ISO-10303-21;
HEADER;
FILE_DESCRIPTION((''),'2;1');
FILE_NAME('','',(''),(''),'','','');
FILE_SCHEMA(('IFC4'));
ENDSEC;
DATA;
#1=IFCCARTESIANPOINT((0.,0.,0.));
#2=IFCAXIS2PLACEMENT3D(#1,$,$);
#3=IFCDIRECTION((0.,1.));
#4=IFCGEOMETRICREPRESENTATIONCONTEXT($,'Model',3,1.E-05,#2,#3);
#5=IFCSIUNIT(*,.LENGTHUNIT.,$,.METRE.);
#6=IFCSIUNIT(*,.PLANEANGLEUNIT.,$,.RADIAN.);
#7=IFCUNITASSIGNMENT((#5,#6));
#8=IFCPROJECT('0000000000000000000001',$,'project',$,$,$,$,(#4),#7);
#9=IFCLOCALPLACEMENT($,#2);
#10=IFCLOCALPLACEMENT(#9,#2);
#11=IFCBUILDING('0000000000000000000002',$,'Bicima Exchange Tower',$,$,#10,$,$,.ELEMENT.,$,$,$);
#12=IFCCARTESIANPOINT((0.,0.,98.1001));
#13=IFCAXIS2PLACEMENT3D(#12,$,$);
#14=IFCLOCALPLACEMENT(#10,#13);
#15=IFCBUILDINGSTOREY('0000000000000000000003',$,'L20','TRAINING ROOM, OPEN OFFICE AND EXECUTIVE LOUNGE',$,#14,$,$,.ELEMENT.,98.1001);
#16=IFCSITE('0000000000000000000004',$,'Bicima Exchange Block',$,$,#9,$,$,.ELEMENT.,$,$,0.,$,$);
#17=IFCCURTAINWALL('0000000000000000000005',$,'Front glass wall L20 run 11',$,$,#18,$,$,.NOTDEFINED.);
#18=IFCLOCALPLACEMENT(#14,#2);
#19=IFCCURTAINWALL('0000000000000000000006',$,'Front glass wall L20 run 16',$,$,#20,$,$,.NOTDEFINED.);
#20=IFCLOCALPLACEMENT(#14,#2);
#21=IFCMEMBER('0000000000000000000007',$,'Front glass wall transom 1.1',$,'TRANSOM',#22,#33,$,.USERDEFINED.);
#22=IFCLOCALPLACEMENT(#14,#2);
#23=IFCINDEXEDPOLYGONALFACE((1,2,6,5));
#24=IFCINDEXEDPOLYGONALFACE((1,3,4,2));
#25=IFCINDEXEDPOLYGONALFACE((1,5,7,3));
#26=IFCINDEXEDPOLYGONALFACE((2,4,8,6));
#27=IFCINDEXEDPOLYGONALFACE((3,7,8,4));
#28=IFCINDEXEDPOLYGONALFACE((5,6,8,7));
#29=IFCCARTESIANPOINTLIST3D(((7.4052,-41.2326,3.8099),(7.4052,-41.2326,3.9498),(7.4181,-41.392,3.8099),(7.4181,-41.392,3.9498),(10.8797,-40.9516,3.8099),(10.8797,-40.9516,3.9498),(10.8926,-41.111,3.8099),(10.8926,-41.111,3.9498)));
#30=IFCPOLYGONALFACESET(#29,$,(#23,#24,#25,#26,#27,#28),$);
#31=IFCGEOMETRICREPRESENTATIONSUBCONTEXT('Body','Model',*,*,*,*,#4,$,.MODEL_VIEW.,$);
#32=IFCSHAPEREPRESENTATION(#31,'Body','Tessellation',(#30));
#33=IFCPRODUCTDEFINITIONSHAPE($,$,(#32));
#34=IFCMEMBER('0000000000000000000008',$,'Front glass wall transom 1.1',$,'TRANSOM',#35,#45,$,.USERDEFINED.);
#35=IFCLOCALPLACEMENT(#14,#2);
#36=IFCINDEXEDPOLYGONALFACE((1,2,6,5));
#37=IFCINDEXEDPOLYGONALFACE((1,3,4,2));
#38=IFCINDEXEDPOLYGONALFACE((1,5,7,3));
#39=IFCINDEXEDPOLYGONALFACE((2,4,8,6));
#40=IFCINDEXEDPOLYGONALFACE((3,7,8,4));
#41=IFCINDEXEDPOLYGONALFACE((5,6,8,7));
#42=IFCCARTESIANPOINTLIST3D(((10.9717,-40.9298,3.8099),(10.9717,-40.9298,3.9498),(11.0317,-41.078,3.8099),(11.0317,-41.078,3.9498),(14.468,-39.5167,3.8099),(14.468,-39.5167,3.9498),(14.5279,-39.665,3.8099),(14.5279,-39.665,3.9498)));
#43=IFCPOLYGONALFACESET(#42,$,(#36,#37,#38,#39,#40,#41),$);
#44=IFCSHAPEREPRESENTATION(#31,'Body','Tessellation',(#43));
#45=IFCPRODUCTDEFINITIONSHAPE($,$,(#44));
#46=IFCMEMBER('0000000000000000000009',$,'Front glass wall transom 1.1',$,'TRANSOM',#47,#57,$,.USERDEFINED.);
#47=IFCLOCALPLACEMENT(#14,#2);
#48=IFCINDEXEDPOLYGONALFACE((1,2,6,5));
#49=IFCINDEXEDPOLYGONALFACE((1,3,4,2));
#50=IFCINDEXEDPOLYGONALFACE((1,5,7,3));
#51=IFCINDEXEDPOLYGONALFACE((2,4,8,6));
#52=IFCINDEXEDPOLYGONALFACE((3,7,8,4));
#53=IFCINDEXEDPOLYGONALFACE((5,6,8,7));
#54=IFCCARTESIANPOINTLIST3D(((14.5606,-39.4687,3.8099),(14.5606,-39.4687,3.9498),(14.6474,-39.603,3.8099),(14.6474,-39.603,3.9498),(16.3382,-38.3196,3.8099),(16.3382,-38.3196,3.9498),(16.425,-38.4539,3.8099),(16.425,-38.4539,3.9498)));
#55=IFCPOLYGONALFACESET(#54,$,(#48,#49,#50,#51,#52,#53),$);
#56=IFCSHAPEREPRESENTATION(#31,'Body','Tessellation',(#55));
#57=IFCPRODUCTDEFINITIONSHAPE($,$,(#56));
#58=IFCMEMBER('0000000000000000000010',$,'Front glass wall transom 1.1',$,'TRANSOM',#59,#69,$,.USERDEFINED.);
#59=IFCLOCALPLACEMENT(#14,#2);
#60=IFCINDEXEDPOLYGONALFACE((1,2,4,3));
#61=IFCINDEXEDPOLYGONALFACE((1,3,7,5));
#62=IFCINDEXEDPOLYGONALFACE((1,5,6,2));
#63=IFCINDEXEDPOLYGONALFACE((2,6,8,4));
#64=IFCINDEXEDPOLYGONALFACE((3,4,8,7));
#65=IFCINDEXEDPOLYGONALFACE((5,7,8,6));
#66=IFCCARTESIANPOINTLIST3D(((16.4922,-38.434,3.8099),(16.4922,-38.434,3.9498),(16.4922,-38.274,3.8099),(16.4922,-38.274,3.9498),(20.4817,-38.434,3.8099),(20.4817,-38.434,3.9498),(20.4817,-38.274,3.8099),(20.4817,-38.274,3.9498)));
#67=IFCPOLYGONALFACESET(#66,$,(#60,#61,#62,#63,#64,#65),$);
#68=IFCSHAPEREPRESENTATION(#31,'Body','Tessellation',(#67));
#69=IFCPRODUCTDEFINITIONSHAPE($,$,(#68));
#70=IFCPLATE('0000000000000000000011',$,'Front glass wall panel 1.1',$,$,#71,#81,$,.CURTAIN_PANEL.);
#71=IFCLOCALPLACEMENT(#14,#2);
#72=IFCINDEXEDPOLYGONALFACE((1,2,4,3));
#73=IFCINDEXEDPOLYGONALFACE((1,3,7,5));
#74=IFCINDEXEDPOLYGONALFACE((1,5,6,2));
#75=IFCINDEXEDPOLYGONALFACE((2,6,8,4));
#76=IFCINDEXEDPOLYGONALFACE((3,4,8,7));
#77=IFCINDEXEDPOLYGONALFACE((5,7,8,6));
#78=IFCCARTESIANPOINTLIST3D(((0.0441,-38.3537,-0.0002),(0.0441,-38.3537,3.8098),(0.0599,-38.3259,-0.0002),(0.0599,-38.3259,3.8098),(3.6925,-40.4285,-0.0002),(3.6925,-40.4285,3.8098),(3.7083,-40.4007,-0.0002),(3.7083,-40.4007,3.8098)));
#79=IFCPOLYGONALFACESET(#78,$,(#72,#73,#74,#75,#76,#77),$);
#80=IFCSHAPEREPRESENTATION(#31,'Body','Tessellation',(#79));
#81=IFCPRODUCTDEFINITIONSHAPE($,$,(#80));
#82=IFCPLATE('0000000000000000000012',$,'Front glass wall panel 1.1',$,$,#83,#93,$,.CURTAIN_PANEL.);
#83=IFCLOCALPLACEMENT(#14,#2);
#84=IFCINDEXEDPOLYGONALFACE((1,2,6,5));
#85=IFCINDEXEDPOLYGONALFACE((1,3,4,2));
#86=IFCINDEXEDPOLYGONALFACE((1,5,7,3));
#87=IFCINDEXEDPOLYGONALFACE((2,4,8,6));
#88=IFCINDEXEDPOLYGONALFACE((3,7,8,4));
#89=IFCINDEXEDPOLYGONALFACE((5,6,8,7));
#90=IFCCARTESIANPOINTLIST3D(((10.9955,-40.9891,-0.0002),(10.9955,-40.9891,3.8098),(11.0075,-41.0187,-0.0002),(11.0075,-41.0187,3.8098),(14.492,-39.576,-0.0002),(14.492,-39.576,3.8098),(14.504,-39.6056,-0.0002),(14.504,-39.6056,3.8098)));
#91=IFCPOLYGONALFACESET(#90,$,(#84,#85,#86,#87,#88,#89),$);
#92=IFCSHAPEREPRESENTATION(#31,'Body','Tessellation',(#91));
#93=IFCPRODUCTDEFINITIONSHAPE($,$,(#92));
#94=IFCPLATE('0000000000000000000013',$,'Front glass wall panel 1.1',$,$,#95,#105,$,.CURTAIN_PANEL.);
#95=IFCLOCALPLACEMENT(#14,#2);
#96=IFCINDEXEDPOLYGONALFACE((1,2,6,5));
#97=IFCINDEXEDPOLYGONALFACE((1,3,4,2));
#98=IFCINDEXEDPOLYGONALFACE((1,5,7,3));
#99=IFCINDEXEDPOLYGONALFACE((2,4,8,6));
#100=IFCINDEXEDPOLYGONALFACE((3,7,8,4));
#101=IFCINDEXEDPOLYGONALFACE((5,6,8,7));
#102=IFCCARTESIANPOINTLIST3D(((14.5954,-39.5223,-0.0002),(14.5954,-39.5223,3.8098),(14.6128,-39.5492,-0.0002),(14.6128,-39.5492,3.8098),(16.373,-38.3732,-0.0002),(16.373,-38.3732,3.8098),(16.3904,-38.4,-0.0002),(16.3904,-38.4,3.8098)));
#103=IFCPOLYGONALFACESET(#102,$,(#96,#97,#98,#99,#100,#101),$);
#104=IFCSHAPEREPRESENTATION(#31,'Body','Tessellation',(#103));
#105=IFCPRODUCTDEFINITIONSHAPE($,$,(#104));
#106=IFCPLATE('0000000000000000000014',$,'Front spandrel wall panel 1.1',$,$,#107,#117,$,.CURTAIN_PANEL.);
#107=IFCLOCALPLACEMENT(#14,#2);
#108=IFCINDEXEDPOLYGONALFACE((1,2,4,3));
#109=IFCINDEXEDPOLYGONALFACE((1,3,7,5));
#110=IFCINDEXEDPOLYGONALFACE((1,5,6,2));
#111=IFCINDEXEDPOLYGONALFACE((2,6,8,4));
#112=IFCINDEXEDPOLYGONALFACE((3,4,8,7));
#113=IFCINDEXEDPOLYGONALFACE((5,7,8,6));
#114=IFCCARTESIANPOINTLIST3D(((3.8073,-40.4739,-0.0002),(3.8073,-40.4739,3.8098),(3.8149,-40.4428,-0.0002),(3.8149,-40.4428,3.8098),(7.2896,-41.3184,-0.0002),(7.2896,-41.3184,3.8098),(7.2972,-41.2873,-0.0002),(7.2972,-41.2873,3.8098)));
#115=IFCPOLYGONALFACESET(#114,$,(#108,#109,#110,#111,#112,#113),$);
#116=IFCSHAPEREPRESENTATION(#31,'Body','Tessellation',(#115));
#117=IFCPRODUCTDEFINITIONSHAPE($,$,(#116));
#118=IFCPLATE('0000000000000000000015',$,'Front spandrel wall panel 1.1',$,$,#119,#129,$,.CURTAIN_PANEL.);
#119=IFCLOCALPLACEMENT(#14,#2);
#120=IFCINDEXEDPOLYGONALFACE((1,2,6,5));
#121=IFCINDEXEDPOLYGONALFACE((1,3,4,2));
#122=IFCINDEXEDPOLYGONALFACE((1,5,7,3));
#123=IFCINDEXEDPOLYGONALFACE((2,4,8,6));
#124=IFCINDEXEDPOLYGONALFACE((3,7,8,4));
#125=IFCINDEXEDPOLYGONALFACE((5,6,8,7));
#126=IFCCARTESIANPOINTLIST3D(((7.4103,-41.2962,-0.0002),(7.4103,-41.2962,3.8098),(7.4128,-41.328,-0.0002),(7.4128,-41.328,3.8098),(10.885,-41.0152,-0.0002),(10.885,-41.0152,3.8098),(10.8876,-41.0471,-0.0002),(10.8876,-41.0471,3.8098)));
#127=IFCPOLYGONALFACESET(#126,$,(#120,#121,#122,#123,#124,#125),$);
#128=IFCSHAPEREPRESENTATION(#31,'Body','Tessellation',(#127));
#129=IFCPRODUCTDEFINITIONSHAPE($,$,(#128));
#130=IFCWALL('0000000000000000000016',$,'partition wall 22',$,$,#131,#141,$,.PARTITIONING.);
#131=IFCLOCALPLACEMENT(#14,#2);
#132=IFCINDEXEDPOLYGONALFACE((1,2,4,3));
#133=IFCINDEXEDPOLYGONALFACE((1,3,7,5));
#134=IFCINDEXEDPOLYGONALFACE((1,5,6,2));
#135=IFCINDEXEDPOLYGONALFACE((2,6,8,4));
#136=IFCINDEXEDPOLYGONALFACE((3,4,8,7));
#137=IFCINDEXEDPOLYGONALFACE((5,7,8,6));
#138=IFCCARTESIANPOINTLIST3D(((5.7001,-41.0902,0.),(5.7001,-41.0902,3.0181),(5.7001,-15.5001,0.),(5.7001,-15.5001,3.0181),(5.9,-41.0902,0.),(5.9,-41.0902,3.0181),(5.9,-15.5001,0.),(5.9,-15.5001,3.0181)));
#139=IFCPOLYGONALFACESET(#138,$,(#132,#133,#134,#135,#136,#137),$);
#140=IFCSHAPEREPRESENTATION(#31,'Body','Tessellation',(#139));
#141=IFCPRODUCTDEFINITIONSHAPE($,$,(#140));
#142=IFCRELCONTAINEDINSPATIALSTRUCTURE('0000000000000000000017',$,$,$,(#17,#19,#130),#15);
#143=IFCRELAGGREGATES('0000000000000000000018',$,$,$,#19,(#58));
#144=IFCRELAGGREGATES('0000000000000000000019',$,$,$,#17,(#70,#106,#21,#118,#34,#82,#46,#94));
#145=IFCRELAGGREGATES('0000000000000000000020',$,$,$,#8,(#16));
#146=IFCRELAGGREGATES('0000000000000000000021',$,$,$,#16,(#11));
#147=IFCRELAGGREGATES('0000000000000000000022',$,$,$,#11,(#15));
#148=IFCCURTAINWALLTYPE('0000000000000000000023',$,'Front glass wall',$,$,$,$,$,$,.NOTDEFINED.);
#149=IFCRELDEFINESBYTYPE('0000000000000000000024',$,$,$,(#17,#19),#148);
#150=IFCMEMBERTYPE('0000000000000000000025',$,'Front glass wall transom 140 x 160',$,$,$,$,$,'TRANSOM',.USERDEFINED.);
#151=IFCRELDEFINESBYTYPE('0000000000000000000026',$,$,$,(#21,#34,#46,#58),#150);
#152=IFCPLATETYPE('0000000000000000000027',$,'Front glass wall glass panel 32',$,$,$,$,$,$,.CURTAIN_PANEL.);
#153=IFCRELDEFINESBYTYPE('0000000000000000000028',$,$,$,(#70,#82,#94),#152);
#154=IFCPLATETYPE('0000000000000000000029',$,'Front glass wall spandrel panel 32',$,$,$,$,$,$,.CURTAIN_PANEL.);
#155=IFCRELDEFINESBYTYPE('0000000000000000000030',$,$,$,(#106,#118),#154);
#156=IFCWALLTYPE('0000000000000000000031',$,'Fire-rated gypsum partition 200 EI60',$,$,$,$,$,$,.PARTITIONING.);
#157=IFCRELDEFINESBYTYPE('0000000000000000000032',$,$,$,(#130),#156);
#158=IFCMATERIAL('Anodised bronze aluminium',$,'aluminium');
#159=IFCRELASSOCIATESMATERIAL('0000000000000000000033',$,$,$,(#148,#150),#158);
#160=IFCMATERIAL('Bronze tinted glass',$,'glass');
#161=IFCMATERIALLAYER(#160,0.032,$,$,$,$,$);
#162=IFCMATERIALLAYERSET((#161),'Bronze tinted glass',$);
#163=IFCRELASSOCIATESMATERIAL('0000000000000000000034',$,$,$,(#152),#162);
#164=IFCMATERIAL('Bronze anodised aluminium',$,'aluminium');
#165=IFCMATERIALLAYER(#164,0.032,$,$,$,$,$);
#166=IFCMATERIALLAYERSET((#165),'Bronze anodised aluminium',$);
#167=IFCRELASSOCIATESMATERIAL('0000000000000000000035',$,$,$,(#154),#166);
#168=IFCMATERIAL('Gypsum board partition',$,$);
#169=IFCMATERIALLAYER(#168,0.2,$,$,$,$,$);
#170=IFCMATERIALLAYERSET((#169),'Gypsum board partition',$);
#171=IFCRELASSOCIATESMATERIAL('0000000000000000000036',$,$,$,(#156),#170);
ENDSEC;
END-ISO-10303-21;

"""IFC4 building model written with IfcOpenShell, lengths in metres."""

from ifc_helpers import new_model, si_unit, direction, frame, frame_2d, origin, origin_2d, place, context, subcontext, project, spatial, rectangle, extrude, material, layer, layer_set, material_profile, profile_set, type_object, element, aggregate, save


model = new_model("IFC4")

# Units and contexts
model_context = context("Model", 3, precision=1e-05, world=origin(), true_north=direction((0.0, 1.0)))
body_context = subcontext(model_context, "Body", "Model", "MODEL_VIEW")
ifc_project = project(units=[si_unit("LENGTHUNIT", "METRE"), si_unit("PLANEANGLEUNIT", "RADIAN")], contexts=[model_context])

# Site, building, storey
site_placement = place(None, origin())
site = spatial("IfcSite", under=ifc_project, at=site_placement, Name="Bicima Exchange Block", CompositionType="ELEMENT", RefElevation=0.0)
building_placement = place(site_placement, origin())
building = spatial("IfcBuilding", under=site, at=building_placement, Name="Bicima Exchange Tower", CompositionType="ELEMENT")
storey_placement = place(building_placement, frame((0.0, 0.0, 98.1001)))
storey = spatial("IfcBuildingStorey", under=building, at=storey_placement, Name="L20", Description="TRAINING ROOM, OPEN OFFICE AND EXECUTIVE LOUNGE", CompositionType="ELEMENT", Elevation=98.1001)

# Curtain wall
ifc_material_1 = material(Name="Anodised bronze aluminium", Category="aluminium")
curtain_wall_type = type_object("IfcCurtainWallType", Name="Front glass wall", PredefinedType="NOTDEFINED", material=ifc_material_1)
curtain_wall_1_placement = place(storey_placement, origin())
curtain_wall_1 = element("IfcCurtainWall", 1, at=curtain_wall_1_placement, inside=storey, type_object=curtain_wall_type, Name="Front glass wall L20 run 11", PredefinedType="NOTDEFINED")

# Curtain wall
curtain_wall_2_placement = place(storey_placement, origin())
curtain_wall_2 = element("IfcCurtainWall", 2, at=curtain_wall_2_placement, inside=storey, type_object=curtain_wall_type, Name="Front glass wall L20 run 16", PredefinedType="NOTDEFINED")

# Members
ifc_material_profile_1 = material_profile(ifc_material_1, rectangle(XDim=0.1599, YDim=0.1399, at=origin_2d()))
ifc_profile_set_1 = profile_set([ifc_material_profile_1], Name="Anodised bronze aluminium")
member_type_1 = type_object("IfcMemberType", Name="Front glass wall transom 140 x 160", ElementType="TRANSOM", PredefinedType="USERDEFINED", material=ifc_profile_set_1)
member_1_placement = place(storey_placement, frame((7.4116, -41.3123, 3.8799), z_axis=(0.996746, 0.080611, 0.0), x_axis=(-0.080611, 0.996746, 0.0)))
member_1 = element("IfcMember", 3, at=member_1_placement, type_object=member_type_1, Name="Front glass wall transom 1.1", ObjectType="TRANSOM", PredefinedType="USERDEFINED", context=body_context, shape_type="SweptSolid", body=[
    extrude(rectangle(XDim=0.1599, YDim=0.1399, at=origin_2d()), origin(), (0.0, 0.0, 1.0), 3.4858),
])
member_2_placement = place(storey_placement, frame((11.0017, -41.0039, 3.8799), z_axis=(0.92714, 0.374715, 0.0), x_axis=(-0.374715, 0.92714, 0.0)))
member_2 = element("IfcMember", 4, at=member_2_placement, type_object=member_type_1, Name="Front glass wall transom 1.1", ObjectType="TRANSOM", PredefinedType="USERDEFINED", context=body_context, shape_type="SweptSolid", body=[
    extrude(rectangle(XDim=0.1599, YDim=0.1399, at=origin_2d()), origin(), (0.0, 0.0, 1.0), 3.771),
])
member_3_placement = place(storey_placement, frame((14.604, -39.5359, 3.8799), z_axis=(0.839793, 0.542907, 0.0), x_axis=(-0.542907, 0.839793, 0.0)))
member_3 = element("IfcMember", 5, at=member_3_placement, type_object=member_type_1, Name="Front glass wall transom 1.1", ObjectType="TRANSOM", PredefinedType="USERDEFINED", context=body_context, shape_type="SweptSolid", body=[
    extrude(rectangle(XDim=0.1599, YDim=0.1399, at=origin_2d()), origin(), (0.0, 0.0, 1.0), 2.1167),
])
member_4_placement = place(storey_placement, frame((16.4922, -38.354, 3.8799), z_axis=(1.0, 0.0, 0.0), x_axis=(0.0, 1.0, 0.0)))
member_4 = element("IfcMember", 6, at=member_4_placement, type_object=member_type_1, Name="Front glass wall transom 1.1", ObjectType="TRANSOM", PredefinedType="USERDEFINED", context=body_context, shape_type="SweptSolid", body=[
    extrude(rectangle(XDim=0.1599, YDim=0.1399, at=origin_2d()), origin(), (0.0, 0.0, 1.0), 3.9895),
])
aggregate(curtain_wall_2, [member_4])

# Plates
ifc_material_2 = material(Name="Bronze tinted glass", Category="glass")
ifc_layer_1 = layer(ifc_material_2, 0.032)
ifc_layer_set_1 = layer_set([ifc_layer_1], Name="Bronze tinted glass")
plate_type_1 = type_object("IfcPlateType", Name="Front glass wall glass panel 32", PredefinedType="CURTAIN_PANEL", material=ifc_layer_set_1)
plate_1_placement = place(storey_placement, frame((1.8762, -39.3772, -0.0002), z_axis=(0.0, 0.0, 1.0), x_axis=(0.869274, -0.49433, 0.0)))
plate_1 = element("IfcPlate", 7, at=plate_1_placement, type_object=plate_type_1, Name="Front glass wall panel 1.1", PredefinedType="CURTAIN_PANEL", context=body_context, shape_type="SweptSolid", body=[
    extrude(rectangle(XDim=4.197, YDim=0.032, at=origin_2d()), origin(), (0.0, 0.0, 1.0), 3.8101),
])
plate_2_placement = place(storey_placement, frame((12.7498, -40.2974, -0.0002), z_axis=(0.0, 0.0, 1.0), x_axis=(0.927144, 0.374705, 0.0)))
plate_2 = element("IfcPlate", 8, at=plate_2_placement, type_object=plate_type_1, Name="Front glass wall panel 1.1", PredefinedType="CURTAIN_PANEL", context=body_context, shape_type="SweptSolid", body=[
    extrude(rectangle(XDim=3.7712, YDim=0.032, at=origin_2d()), origin(), (0.0, 0.0, 1.0), 3.8101),
])
plate_3_placement = place(storey_placement, frame((15.4929, -38.9612, -0.0002), z_axis=(0.0, 0.0, 1.0), x_axis=(0.839791, 0.542909, 0.0)))
plate_3 = element("IfcPlate", 9, at=plate_3_placement, type_object=plate_type_1, Name="Front glass wall panel 1.1", PredefinedType="CURTAIN_PANEL", context=body_context, shape_type="SweptSolid", body=[
    extrude(rectangle(XDim=2.1167, YDim=0.032, at=origin_2d()), origin(), (0.0, 0.0, 1.0), 3.8101),
])
ifc_material_3 = material(Name="Bronze anodised aluminium", Category="aluminium")
ifc_layer_2 = layer(ifc_material_3, 0.032)
ifc_layer_set_2 = layer_set([ifc_layer_2], Name="Bronze anodised aluminium")
plate_type_2 = type_object("IfcPlateType", Name="Front glass wall spandrel panel 32", PredefinedType="CURTAIN_PANEL", material=ifc_layer_set_2)
plate_4_placement = place(storey_placement, frame((5.5522, -40.8806, -0.0002), z_axis=(0.0, 0.0, 1.0), x_axis=(0.97183, -0.235682, 0.0)))
plate_4 = element("IfcPlate", 10, at=plate_4_placement, type_object=plate_type_2, Name="Front spandrel wall panel 1.1", PredefinedType="CURTAIN_PANEL", context=body_context, shape_type="SweptSolid", body=[
    extrude(rectangle(XDim=3.5833, YDim=0.032, at=origin_2d()), origin(), (0.0, 0.0, 1.0), 3.8101),
])
plate_5_placement = place(storey_placement, frame((9.1489, -41.1716, -0.0002), z_axis=(0.0, 0.0, 1.0), x_axis=(0.996747, 0.080589, 0.0)))
plate_5 = element("IfcPlate", 11, at=plate_5_placement, type_object=plate_type_2, Name="Front spandrel wall panel 1.1", PredefinedType="CURTAIN_PANEL", context=body_context, shape_type="SweptSolid", body=[
    extrude(rectangle(XDim=3.4861, YDim=0.032, at=origin_2d()), origin(), (0.0, 0.0, 1.0), 3.8101),
])
aggregate(curtain_wall_1, [plate_1, plate_4, member_1, plate_5, member_2, plate_2, member_3, plate_3])

# Wall
ifc_material_4 = material(Name="Gypsum board partition")
ifc_layer_3 = layer(ifc_material_4, 0.2)
ifc_layer_set_3 = layer_set([ifc_layer_3], Name="Gypsum board partition")
wall_type = type_object("IfcWallType", Name="Fire-rated gypsum partition 200 EI60", PredefinedType="PARTITIONING", material=ifc_layer_set_3)
wall_placement = place(storey_placement, frame((5.8, -41.0901, 0.0), z_axis=(0.0, 0.0, 1.0), x_axis=(0.0, 1.0, 0.0)))
element("IfcWall", 12, at=wall_placement, inside=storey, type_object=wall_type, Name="partition wall 22", PredefinedType="PARTITIONING", context=body_context, shape_type="SweptSolid", body=[
    extrude(rectangle(XDim=25.5901, YDim=0.2, at=frame_2d((12.7949, 0.0))), origin(), (0.0, 0.0, 1.0), 3.0181),
])

save(model, "model.ifc")
